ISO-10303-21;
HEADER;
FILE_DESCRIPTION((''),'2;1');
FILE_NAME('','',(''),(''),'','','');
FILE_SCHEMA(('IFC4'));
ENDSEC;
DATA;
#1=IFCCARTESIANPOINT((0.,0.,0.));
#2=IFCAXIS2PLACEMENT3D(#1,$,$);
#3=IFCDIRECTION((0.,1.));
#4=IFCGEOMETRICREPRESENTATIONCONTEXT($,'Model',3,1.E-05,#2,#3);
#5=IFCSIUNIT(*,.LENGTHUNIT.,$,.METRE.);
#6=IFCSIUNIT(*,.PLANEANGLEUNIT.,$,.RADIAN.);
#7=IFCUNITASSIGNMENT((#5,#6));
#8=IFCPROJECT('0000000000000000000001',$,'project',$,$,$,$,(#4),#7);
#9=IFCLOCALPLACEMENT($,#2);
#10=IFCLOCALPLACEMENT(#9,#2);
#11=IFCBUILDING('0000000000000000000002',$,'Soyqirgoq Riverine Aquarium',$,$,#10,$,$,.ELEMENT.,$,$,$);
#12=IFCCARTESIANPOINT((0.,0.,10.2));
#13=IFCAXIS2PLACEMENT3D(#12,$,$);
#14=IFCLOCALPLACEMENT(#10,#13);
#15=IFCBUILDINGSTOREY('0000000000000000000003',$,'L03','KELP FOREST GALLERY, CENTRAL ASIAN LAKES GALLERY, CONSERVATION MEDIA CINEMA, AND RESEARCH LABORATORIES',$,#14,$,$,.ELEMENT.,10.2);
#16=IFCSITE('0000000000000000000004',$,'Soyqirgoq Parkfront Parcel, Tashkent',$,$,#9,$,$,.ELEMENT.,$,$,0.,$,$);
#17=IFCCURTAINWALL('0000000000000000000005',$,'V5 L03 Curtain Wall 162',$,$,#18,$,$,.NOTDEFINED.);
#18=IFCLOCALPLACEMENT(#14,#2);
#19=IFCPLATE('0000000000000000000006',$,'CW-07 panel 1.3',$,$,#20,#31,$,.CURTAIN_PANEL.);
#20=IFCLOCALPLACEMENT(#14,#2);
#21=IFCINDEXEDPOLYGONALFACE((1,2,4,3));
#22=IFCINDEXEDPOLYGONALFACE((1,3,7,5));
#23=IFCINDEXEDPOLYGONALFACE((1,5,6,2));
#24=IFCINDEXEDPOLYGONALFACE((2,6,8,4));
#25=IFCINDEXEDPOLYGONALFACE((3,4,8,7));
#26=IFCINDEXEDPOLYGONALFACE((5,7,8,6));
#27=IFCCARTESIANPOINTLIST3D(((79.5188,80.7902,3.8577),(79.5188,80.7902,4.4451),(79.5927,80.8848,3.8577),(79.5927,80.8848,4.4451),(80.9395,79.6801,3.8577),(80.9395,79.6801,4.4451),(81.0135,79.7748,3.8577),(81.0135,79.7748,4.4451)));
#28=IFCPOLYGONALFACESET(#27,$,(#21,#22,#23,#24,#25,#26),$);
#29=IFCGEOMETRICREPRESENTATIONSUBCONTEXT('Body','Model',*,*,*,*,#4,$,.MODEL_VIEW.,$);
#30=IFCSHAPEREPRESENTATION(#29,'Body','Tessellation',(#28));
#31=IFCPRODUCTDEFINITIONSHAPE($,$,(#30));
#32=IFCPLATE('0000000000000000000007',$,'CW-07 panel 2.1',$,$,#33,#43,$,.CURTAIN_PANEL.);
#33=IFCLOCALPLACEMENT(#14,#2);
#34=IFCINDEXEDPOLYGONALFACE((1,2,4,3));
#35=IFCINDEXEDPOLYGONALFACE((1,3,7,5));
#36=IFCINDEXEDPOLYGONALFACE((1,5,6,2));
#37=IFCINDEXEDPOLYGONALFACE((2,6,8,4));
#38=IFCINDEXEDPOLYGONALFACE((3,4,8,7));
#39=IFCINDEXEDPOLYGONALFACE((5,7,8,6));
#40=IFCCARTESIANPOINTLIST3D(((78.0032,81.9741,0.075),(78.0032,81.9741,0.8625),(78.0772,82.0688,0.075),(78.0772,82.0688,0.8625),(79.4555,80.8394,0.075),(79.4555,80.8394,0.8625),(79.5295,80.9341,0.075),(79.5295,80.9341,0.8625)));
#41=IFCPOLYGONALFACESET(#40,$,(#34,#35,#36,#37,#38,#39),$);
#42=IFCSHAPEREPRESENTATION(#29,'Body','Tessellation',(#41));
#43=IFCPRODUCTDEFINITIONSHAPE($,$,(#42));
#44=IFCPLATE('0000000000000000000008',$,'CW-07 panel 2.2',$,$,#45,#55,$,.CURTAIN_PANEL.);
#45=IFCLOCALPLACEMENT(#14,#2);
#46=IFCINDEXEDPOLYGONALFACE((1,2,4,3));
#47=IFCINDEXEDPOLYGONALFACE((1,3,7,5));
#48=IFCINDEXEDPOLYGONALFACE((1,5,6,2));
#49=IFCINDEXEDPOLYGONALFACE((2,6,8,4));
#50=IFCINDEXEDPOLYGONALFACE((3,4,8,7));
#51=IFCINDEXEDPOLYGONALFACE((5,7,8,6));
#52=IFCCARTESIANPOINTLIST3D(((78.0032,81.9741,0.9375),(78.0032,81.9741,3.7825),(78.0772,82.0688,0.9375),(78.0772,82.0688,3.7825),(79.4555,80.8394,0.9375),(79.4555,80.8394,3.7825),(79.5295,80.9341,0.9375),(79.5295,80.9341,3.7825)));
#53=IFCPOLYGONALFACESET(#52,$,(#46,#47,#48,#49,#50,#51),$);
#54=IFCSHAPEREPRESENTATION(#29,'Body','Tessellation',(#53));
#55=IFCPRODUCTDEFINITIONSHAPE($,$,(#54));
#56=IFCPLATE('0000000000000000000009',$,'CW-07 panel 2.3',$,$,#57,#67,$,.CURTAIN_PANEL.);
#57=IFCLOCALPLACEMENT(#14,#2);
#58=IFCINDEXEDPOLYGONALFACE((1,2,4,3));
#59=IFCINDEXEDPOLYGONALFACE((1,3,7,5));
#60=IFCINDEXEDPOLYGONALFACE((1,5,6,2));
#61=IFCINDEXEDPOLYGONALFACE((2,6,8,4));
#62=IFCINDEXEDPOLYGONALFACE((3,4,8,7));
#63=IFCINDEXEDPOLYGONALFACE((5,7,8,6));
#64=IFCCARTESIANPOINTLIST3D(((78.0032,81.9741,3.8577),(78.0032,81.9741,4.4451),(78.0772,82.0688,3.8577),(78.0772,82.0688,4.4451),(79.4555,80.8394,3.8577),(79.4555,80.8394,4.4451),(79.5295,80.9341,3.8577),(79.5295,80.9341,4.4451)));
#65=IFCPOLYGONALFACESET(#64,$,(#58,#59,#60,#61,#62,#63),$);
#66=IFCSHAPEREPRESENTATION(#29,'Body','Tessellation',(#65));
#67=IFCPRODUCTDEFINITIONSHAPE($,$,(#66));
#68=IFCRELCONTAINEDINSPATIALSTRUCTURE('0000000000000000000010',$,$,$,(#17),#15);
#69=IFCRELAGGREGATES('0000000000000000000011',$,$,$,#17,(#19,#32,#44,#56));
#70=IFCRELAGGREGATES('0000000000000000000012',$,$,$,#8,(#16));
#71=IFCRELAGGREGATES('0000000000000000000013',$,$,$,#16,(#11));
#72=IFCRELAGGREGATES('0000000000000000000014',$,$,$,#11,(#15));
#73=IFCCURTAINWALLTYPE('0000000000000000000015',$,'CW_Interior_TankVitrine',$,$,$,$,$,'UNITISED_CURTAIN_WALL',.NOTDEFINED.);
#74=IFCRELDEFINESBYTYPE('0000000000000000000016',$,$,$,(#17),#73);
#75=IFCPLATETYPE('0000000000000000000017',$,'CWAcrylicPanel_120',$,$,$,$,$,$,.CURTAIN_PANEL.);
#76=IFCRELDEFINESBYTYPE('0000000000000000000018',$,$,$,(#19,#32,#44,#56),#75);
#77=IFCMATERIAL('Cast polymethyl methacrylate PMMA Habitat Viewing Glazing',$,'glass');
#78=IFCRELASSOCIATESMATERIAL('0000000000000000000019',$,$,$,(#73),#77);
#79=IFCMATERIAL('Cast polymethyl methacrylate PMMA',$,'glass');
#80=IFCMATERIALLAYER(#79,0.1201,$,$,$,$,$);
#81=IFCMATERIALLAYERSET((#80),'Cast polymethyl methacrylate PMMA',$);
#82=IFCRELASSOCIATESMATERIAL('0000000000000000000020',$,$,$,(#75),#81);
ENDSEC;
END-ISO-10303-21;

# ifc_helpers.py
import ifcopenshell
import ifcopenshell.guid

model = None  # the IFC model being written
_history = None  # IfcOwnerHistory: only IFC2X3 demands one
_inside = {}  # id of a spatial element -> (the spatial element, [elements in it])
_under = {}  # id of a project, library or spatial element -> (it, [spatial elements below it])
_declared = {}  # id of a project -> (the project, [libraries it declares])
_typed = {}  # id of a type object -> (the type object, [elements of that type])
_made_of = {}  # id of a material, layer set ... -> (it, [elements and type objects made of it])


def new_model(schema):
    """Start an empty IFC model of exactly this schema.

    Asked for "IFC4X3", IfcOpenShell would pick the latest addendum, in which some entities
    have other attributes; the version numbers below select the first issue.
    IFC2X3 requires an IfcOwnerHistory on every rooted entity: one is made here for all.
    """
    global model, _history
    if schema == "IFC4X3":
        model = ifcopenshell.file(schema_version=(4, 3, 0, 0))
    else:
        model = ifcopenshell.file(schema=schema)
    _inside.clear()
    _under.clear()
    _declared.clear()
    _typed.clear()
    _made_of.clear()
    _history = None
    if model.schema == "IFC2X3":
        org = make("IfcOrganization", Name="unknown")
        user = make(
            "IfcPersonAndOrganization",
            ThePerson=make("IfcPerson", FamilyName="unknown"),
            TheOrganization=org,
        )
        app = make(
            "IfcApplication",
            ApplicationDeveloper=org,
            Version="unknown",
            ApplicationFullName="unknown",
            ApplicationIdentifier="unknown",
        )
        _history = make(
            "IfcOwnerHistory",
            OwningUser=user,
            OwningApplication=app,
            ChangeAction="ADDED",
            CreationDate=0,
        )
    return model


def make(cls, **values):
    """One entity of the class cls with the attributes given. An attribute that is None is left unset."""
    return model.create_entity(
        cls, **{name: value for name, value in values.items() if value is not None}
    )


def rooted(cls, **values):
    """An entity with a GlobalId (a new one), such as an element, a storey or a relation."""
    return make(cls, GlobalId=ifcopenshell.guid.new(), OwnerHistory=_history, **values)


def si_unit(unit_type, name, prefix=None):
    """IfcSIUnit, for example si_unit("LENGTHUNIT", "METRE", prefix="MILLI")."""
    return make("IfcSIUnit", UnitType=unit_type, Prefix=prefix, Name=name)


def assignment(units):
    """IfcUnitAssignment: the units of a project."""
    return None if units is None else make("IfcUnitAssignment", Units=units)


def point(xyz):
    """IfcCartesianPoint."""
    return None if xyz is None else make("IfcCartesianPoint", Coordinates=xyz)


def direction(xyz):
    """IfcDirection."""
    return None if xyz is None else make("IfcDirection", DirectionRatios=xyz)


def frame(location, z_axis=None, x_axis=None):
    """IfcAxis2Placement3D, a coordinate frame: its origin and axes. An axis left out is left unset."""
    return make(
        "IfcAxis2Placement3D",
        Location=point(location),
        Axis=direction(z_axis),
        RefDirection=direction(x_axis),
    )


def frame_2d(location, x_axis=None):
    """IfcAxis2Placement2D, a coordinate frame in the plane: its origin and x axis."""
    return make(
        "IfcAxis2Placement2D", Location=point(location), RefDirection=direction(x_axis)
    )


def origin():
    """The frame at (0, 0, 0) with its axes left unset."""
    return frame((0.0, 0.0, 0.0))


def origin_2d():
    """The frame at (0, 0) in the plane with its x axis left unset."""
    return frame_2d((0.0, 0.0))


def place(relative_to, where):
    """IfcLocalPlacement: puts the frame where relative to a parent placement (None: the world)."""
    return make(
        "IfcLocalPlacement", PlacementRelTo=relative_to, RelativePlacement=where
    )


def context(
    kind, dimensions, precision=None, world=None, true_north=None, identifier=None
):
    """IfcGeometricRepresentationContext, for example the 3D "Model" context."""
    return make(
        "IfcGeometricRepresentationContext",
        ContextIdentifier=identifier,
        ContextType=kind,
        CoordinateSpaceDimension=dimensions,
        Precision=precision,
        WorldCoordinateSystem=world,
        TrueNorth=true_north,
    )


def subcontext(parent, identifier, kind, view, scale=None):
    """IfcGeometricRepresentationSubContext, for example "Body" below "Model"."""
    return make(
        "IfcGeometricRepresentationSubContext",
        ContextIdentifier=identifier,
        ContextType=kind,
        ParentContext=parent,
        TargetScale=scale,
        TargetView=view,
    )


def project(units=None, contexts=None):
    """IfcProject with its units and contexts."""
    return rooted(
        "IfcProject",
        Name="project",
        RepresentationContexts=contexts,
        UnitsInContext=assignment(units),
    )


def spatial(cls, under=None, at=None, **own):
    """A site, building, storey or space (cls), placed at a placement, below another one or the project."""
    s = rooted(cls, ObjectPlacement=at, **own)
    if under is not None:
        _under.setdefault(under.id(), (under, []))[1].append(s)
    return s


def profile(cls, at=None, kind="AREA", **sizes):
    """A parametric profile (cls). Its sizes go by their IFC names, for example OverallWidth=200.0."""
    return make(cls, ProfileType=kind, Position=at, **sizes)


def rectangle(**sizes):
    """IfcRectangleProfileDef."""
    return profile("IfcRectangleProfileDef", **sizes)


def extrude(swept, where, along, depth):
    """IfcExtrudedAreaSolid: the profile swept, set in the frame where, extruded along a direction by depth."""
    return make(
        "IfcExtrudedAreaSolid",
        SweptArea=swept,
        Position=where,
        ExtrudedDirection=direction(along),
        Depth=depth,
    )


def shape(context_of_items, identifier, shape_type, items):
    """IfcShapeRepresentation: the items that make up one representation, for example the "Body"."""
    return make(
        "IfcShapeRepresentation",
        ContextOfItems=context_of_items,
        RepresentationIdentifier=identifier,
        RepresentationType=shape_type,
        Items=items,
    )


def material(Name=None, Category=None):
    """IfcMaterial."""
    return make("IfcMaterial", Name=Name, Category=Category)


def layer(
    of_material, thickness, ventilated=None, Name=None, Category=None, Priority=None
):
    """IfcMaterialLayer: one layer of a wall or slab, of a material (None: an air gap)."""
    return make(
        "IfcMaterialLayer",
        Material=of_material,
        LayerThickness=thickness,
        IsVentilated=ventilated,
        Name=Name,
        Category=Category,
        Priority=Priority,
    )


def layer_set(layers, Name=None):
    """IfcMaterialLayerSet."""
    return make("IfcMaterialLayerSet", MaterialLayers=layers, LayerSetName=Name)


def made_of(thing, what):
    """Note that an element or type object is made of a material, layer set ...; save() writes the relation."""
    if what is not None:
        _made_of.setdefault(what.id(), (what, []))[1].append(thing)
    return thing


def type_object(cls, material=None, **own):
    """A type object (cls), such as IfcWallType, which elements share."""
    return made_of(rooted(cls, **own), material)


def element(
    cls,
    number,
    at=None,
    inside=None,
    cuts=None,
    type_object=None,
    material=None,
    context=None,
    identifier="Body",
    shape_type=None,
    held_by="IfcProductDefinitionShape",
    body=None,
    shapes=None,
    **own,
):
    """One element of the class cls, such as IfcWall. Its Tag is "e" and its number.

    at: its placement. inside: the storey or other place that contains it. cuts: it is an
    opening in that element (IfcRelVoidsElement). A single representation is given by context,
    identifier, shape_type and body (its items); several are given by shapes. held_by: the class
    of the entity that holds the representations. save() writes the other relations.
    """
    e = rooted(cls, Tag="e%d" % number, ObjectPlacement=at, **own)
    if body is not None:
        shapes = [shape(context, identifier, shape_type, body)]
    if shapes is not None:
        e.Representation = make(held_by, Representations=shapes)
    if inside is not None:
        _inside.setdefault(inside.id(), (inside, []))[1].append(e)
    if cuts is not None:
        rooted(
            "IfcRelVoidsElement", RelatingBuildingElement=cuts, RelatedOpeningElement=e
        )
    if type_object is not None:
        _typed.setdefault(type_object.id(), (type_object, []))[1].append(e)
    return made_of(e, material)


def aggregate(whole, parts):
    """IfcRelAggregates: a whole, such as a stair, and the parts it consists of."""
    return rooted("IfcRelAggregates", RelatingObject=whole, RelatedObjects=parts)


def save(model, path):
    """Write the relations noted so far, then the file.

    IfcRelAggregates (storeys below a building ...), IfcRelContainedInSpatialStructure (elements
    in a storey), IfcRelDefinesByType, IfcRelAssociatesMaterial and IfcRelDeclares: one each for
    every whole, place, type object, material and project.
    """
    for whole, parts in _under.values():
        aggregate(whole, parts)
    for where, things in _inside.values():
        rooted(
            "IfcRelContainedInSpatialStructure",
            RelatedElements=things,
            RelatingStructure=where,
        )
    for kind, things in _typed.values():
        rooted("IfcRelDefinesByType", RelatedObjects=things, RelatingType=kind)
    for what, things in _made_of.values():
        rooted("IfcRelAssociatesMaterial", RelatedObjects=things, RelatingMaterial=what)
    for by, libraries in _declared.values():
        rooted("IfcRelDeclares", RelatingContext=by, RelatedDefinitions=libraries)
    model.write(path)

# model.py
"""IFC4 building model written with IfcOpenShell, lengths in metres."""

from ifc_helpers import new_model, si_unit, direction, frame, origin, origin_2d, place, context, subcontext, project, spatial, rectangle, extrude, material, layer, layer_set, type_object, element, aggregate, save


model = new_model("IFC4")

# Units and contexts
model_context = context("Model", 3, precision=1e-05, world=origin(), true_north=direction((0.0, 1.0)))
body_context = subcontext(model_context, "Body", "Model", "MODEL_VIEW")
ifc_project = project(units=[si_unit("LENGTHUNIT", "METRE"), si_unit("PLANEANGLEUNIT", "RADIAN")], contexts=[model_context])

# Site, building, storey
site_placement = place(None, origin())
site = spatial("IfcSite", under=ifc_project, at=site_placement, Name="Soyqirgoq Parkfront Parcel, Tashkent", CompositionType="ELEMENT", RefElevation=0.0)
building_placement = place(site_placement, origin())
building = spatial("IfcBuilding", under=site, at=building_placement, Name="Soyqirgoq Riverine Aquarium", CompositionType="ELEMENT")
storey_placement = place(building_placement, frame((0.0, 0.0, 10.2)))
storey = spatial("IfcBuildingStorey", under=building, at=storey_placement, Name="L03", Description="KELP FOREST GALLERY, CENTRAL ASIAN LAKES GALLERY, CONSERVATION MEDIA CINEMA, AND RESEARCH LABORATORIES", CompositionType="ELEMENT", Elevation=10.2)

# Curtain wall
ifc_material_1 = material(Name="Cast polymethyl methacrylate PMMA Habitat Viewing Glazing", Category="glass")
curtain_wall_type = type_object("IfcCurtainWallType", Name="CW_Interior_TankVitrine", ElementType="UNITISED_CURTAIN_WALL", PredefinedType="NOTDEFINED", material=ifc_material_1)
curtain_wall_placement = place(storey_placement, origin())
curtain_wall = element("IfcCurtainWall", 1, at=curtain_wall_placement, inside=storey, type_object=curtain_wall_type, Name="V5 L03 Curtain Wall 162", PredefinedType="NOTDEFINED")

# Plates
ifc_material_2 = material(Name="Cast polymethyl methacrylate PMMA", Category="glass")
ifc_layer = layer(ifc_material_2, 0.1201)
ifc_layer_set = layer_set([ifc_layer], Name="Cast polymethyl methacrylate PMMA")
plate_type = type_object("IfcPlateType", Name="CWAcrylicPanel_120", PredefinedType="CURTAIN_PANEL", material=ifc_layer_set)
plate_1_placement = place(storey_placement, frame((80.2661, 80.2825, 3.8577), z_axis=(0.0, 0.0, 1.0), x_axis=(-0.788016, 0.615655, 0.0)))
plate_1 = element("IfcPlate", 2, at=plate_1_placement, type_object=plate_type, Name="CW-07 panel 1.3", PredefinedType="CURTAIN_PANEL", context=body_context, shape_type="SweptSolid", body=[
    extrude(rectangle(XDim=1.803, YDim=0.1201, at=origin_2d()), origin(), (0.0, 0.0, 1.0), 0.5874),
])
plate_2_placement = place(storey_placement, frame((78.7664, 81.4541, 0.075), z_axis=(0.0, 0.0, 1.0), x_axis=(-0.788016, 0.615655, 0.0)))
plate_2 = element("IfcPlate", 3, at=plate_2_placement, type_object=plate_type, Name="CW-07 panel 2.1", PredefinedType="CURTAIN_PANEL", context=body_context, shape_type="SweptSolid", body=[
    extrude(rectangle(XDim=1.843, YDim=0.1201, at=origin_2d()), origin(), (0.0, 0.0, 1.0), 0.7876),
])
plate_3_placement = place(storey_placement, frame((78.7664, 81.4541, 0.9375), z_axis=(0.0, 0.0, 1.0), x_axis=(-0.788016, 0.615655, 0.0)))
plate_3 = element("IfcPlate", 4, at=plate_3_placement, type_object=plate_type, Name="CW-07 panel 2.2", PredefinedType="CURTAIN_PANEL", context=body_context, shape_type="SweptSolid", body=[
    extrude(rectangle(XDim=1.843, YDim=0.1201, at=origin_2d()), origin(), (0.0, 0.0, 1.0), 2.845),
])
plate_4_placement = place(storey_placement, frame((78.7664, 81.4541, 3.8577), z_axis=(0.0, 0.0, 1.0), x_axis=(-0.788016, 0.615655, 0.0)))
plate_4 = element("IfcPlate", 5, at=plate_4_placement, type_object=plate_type, Name="CW-07 panel 2.3", PredefinedType="CURTAIN_PANEL", context=body_context, shape_type="SweptSolid", body=[
    extrude(rectangle(XDim=1.843, YDim=0.1201, at=origin_2d()), origin(), (0.0, 0.0, 1.0), 0.5874),
])
aggregate(curtain_wall, [plate_1, plate_2, plate_3, plate_4])

save(model, "model.ifc")
